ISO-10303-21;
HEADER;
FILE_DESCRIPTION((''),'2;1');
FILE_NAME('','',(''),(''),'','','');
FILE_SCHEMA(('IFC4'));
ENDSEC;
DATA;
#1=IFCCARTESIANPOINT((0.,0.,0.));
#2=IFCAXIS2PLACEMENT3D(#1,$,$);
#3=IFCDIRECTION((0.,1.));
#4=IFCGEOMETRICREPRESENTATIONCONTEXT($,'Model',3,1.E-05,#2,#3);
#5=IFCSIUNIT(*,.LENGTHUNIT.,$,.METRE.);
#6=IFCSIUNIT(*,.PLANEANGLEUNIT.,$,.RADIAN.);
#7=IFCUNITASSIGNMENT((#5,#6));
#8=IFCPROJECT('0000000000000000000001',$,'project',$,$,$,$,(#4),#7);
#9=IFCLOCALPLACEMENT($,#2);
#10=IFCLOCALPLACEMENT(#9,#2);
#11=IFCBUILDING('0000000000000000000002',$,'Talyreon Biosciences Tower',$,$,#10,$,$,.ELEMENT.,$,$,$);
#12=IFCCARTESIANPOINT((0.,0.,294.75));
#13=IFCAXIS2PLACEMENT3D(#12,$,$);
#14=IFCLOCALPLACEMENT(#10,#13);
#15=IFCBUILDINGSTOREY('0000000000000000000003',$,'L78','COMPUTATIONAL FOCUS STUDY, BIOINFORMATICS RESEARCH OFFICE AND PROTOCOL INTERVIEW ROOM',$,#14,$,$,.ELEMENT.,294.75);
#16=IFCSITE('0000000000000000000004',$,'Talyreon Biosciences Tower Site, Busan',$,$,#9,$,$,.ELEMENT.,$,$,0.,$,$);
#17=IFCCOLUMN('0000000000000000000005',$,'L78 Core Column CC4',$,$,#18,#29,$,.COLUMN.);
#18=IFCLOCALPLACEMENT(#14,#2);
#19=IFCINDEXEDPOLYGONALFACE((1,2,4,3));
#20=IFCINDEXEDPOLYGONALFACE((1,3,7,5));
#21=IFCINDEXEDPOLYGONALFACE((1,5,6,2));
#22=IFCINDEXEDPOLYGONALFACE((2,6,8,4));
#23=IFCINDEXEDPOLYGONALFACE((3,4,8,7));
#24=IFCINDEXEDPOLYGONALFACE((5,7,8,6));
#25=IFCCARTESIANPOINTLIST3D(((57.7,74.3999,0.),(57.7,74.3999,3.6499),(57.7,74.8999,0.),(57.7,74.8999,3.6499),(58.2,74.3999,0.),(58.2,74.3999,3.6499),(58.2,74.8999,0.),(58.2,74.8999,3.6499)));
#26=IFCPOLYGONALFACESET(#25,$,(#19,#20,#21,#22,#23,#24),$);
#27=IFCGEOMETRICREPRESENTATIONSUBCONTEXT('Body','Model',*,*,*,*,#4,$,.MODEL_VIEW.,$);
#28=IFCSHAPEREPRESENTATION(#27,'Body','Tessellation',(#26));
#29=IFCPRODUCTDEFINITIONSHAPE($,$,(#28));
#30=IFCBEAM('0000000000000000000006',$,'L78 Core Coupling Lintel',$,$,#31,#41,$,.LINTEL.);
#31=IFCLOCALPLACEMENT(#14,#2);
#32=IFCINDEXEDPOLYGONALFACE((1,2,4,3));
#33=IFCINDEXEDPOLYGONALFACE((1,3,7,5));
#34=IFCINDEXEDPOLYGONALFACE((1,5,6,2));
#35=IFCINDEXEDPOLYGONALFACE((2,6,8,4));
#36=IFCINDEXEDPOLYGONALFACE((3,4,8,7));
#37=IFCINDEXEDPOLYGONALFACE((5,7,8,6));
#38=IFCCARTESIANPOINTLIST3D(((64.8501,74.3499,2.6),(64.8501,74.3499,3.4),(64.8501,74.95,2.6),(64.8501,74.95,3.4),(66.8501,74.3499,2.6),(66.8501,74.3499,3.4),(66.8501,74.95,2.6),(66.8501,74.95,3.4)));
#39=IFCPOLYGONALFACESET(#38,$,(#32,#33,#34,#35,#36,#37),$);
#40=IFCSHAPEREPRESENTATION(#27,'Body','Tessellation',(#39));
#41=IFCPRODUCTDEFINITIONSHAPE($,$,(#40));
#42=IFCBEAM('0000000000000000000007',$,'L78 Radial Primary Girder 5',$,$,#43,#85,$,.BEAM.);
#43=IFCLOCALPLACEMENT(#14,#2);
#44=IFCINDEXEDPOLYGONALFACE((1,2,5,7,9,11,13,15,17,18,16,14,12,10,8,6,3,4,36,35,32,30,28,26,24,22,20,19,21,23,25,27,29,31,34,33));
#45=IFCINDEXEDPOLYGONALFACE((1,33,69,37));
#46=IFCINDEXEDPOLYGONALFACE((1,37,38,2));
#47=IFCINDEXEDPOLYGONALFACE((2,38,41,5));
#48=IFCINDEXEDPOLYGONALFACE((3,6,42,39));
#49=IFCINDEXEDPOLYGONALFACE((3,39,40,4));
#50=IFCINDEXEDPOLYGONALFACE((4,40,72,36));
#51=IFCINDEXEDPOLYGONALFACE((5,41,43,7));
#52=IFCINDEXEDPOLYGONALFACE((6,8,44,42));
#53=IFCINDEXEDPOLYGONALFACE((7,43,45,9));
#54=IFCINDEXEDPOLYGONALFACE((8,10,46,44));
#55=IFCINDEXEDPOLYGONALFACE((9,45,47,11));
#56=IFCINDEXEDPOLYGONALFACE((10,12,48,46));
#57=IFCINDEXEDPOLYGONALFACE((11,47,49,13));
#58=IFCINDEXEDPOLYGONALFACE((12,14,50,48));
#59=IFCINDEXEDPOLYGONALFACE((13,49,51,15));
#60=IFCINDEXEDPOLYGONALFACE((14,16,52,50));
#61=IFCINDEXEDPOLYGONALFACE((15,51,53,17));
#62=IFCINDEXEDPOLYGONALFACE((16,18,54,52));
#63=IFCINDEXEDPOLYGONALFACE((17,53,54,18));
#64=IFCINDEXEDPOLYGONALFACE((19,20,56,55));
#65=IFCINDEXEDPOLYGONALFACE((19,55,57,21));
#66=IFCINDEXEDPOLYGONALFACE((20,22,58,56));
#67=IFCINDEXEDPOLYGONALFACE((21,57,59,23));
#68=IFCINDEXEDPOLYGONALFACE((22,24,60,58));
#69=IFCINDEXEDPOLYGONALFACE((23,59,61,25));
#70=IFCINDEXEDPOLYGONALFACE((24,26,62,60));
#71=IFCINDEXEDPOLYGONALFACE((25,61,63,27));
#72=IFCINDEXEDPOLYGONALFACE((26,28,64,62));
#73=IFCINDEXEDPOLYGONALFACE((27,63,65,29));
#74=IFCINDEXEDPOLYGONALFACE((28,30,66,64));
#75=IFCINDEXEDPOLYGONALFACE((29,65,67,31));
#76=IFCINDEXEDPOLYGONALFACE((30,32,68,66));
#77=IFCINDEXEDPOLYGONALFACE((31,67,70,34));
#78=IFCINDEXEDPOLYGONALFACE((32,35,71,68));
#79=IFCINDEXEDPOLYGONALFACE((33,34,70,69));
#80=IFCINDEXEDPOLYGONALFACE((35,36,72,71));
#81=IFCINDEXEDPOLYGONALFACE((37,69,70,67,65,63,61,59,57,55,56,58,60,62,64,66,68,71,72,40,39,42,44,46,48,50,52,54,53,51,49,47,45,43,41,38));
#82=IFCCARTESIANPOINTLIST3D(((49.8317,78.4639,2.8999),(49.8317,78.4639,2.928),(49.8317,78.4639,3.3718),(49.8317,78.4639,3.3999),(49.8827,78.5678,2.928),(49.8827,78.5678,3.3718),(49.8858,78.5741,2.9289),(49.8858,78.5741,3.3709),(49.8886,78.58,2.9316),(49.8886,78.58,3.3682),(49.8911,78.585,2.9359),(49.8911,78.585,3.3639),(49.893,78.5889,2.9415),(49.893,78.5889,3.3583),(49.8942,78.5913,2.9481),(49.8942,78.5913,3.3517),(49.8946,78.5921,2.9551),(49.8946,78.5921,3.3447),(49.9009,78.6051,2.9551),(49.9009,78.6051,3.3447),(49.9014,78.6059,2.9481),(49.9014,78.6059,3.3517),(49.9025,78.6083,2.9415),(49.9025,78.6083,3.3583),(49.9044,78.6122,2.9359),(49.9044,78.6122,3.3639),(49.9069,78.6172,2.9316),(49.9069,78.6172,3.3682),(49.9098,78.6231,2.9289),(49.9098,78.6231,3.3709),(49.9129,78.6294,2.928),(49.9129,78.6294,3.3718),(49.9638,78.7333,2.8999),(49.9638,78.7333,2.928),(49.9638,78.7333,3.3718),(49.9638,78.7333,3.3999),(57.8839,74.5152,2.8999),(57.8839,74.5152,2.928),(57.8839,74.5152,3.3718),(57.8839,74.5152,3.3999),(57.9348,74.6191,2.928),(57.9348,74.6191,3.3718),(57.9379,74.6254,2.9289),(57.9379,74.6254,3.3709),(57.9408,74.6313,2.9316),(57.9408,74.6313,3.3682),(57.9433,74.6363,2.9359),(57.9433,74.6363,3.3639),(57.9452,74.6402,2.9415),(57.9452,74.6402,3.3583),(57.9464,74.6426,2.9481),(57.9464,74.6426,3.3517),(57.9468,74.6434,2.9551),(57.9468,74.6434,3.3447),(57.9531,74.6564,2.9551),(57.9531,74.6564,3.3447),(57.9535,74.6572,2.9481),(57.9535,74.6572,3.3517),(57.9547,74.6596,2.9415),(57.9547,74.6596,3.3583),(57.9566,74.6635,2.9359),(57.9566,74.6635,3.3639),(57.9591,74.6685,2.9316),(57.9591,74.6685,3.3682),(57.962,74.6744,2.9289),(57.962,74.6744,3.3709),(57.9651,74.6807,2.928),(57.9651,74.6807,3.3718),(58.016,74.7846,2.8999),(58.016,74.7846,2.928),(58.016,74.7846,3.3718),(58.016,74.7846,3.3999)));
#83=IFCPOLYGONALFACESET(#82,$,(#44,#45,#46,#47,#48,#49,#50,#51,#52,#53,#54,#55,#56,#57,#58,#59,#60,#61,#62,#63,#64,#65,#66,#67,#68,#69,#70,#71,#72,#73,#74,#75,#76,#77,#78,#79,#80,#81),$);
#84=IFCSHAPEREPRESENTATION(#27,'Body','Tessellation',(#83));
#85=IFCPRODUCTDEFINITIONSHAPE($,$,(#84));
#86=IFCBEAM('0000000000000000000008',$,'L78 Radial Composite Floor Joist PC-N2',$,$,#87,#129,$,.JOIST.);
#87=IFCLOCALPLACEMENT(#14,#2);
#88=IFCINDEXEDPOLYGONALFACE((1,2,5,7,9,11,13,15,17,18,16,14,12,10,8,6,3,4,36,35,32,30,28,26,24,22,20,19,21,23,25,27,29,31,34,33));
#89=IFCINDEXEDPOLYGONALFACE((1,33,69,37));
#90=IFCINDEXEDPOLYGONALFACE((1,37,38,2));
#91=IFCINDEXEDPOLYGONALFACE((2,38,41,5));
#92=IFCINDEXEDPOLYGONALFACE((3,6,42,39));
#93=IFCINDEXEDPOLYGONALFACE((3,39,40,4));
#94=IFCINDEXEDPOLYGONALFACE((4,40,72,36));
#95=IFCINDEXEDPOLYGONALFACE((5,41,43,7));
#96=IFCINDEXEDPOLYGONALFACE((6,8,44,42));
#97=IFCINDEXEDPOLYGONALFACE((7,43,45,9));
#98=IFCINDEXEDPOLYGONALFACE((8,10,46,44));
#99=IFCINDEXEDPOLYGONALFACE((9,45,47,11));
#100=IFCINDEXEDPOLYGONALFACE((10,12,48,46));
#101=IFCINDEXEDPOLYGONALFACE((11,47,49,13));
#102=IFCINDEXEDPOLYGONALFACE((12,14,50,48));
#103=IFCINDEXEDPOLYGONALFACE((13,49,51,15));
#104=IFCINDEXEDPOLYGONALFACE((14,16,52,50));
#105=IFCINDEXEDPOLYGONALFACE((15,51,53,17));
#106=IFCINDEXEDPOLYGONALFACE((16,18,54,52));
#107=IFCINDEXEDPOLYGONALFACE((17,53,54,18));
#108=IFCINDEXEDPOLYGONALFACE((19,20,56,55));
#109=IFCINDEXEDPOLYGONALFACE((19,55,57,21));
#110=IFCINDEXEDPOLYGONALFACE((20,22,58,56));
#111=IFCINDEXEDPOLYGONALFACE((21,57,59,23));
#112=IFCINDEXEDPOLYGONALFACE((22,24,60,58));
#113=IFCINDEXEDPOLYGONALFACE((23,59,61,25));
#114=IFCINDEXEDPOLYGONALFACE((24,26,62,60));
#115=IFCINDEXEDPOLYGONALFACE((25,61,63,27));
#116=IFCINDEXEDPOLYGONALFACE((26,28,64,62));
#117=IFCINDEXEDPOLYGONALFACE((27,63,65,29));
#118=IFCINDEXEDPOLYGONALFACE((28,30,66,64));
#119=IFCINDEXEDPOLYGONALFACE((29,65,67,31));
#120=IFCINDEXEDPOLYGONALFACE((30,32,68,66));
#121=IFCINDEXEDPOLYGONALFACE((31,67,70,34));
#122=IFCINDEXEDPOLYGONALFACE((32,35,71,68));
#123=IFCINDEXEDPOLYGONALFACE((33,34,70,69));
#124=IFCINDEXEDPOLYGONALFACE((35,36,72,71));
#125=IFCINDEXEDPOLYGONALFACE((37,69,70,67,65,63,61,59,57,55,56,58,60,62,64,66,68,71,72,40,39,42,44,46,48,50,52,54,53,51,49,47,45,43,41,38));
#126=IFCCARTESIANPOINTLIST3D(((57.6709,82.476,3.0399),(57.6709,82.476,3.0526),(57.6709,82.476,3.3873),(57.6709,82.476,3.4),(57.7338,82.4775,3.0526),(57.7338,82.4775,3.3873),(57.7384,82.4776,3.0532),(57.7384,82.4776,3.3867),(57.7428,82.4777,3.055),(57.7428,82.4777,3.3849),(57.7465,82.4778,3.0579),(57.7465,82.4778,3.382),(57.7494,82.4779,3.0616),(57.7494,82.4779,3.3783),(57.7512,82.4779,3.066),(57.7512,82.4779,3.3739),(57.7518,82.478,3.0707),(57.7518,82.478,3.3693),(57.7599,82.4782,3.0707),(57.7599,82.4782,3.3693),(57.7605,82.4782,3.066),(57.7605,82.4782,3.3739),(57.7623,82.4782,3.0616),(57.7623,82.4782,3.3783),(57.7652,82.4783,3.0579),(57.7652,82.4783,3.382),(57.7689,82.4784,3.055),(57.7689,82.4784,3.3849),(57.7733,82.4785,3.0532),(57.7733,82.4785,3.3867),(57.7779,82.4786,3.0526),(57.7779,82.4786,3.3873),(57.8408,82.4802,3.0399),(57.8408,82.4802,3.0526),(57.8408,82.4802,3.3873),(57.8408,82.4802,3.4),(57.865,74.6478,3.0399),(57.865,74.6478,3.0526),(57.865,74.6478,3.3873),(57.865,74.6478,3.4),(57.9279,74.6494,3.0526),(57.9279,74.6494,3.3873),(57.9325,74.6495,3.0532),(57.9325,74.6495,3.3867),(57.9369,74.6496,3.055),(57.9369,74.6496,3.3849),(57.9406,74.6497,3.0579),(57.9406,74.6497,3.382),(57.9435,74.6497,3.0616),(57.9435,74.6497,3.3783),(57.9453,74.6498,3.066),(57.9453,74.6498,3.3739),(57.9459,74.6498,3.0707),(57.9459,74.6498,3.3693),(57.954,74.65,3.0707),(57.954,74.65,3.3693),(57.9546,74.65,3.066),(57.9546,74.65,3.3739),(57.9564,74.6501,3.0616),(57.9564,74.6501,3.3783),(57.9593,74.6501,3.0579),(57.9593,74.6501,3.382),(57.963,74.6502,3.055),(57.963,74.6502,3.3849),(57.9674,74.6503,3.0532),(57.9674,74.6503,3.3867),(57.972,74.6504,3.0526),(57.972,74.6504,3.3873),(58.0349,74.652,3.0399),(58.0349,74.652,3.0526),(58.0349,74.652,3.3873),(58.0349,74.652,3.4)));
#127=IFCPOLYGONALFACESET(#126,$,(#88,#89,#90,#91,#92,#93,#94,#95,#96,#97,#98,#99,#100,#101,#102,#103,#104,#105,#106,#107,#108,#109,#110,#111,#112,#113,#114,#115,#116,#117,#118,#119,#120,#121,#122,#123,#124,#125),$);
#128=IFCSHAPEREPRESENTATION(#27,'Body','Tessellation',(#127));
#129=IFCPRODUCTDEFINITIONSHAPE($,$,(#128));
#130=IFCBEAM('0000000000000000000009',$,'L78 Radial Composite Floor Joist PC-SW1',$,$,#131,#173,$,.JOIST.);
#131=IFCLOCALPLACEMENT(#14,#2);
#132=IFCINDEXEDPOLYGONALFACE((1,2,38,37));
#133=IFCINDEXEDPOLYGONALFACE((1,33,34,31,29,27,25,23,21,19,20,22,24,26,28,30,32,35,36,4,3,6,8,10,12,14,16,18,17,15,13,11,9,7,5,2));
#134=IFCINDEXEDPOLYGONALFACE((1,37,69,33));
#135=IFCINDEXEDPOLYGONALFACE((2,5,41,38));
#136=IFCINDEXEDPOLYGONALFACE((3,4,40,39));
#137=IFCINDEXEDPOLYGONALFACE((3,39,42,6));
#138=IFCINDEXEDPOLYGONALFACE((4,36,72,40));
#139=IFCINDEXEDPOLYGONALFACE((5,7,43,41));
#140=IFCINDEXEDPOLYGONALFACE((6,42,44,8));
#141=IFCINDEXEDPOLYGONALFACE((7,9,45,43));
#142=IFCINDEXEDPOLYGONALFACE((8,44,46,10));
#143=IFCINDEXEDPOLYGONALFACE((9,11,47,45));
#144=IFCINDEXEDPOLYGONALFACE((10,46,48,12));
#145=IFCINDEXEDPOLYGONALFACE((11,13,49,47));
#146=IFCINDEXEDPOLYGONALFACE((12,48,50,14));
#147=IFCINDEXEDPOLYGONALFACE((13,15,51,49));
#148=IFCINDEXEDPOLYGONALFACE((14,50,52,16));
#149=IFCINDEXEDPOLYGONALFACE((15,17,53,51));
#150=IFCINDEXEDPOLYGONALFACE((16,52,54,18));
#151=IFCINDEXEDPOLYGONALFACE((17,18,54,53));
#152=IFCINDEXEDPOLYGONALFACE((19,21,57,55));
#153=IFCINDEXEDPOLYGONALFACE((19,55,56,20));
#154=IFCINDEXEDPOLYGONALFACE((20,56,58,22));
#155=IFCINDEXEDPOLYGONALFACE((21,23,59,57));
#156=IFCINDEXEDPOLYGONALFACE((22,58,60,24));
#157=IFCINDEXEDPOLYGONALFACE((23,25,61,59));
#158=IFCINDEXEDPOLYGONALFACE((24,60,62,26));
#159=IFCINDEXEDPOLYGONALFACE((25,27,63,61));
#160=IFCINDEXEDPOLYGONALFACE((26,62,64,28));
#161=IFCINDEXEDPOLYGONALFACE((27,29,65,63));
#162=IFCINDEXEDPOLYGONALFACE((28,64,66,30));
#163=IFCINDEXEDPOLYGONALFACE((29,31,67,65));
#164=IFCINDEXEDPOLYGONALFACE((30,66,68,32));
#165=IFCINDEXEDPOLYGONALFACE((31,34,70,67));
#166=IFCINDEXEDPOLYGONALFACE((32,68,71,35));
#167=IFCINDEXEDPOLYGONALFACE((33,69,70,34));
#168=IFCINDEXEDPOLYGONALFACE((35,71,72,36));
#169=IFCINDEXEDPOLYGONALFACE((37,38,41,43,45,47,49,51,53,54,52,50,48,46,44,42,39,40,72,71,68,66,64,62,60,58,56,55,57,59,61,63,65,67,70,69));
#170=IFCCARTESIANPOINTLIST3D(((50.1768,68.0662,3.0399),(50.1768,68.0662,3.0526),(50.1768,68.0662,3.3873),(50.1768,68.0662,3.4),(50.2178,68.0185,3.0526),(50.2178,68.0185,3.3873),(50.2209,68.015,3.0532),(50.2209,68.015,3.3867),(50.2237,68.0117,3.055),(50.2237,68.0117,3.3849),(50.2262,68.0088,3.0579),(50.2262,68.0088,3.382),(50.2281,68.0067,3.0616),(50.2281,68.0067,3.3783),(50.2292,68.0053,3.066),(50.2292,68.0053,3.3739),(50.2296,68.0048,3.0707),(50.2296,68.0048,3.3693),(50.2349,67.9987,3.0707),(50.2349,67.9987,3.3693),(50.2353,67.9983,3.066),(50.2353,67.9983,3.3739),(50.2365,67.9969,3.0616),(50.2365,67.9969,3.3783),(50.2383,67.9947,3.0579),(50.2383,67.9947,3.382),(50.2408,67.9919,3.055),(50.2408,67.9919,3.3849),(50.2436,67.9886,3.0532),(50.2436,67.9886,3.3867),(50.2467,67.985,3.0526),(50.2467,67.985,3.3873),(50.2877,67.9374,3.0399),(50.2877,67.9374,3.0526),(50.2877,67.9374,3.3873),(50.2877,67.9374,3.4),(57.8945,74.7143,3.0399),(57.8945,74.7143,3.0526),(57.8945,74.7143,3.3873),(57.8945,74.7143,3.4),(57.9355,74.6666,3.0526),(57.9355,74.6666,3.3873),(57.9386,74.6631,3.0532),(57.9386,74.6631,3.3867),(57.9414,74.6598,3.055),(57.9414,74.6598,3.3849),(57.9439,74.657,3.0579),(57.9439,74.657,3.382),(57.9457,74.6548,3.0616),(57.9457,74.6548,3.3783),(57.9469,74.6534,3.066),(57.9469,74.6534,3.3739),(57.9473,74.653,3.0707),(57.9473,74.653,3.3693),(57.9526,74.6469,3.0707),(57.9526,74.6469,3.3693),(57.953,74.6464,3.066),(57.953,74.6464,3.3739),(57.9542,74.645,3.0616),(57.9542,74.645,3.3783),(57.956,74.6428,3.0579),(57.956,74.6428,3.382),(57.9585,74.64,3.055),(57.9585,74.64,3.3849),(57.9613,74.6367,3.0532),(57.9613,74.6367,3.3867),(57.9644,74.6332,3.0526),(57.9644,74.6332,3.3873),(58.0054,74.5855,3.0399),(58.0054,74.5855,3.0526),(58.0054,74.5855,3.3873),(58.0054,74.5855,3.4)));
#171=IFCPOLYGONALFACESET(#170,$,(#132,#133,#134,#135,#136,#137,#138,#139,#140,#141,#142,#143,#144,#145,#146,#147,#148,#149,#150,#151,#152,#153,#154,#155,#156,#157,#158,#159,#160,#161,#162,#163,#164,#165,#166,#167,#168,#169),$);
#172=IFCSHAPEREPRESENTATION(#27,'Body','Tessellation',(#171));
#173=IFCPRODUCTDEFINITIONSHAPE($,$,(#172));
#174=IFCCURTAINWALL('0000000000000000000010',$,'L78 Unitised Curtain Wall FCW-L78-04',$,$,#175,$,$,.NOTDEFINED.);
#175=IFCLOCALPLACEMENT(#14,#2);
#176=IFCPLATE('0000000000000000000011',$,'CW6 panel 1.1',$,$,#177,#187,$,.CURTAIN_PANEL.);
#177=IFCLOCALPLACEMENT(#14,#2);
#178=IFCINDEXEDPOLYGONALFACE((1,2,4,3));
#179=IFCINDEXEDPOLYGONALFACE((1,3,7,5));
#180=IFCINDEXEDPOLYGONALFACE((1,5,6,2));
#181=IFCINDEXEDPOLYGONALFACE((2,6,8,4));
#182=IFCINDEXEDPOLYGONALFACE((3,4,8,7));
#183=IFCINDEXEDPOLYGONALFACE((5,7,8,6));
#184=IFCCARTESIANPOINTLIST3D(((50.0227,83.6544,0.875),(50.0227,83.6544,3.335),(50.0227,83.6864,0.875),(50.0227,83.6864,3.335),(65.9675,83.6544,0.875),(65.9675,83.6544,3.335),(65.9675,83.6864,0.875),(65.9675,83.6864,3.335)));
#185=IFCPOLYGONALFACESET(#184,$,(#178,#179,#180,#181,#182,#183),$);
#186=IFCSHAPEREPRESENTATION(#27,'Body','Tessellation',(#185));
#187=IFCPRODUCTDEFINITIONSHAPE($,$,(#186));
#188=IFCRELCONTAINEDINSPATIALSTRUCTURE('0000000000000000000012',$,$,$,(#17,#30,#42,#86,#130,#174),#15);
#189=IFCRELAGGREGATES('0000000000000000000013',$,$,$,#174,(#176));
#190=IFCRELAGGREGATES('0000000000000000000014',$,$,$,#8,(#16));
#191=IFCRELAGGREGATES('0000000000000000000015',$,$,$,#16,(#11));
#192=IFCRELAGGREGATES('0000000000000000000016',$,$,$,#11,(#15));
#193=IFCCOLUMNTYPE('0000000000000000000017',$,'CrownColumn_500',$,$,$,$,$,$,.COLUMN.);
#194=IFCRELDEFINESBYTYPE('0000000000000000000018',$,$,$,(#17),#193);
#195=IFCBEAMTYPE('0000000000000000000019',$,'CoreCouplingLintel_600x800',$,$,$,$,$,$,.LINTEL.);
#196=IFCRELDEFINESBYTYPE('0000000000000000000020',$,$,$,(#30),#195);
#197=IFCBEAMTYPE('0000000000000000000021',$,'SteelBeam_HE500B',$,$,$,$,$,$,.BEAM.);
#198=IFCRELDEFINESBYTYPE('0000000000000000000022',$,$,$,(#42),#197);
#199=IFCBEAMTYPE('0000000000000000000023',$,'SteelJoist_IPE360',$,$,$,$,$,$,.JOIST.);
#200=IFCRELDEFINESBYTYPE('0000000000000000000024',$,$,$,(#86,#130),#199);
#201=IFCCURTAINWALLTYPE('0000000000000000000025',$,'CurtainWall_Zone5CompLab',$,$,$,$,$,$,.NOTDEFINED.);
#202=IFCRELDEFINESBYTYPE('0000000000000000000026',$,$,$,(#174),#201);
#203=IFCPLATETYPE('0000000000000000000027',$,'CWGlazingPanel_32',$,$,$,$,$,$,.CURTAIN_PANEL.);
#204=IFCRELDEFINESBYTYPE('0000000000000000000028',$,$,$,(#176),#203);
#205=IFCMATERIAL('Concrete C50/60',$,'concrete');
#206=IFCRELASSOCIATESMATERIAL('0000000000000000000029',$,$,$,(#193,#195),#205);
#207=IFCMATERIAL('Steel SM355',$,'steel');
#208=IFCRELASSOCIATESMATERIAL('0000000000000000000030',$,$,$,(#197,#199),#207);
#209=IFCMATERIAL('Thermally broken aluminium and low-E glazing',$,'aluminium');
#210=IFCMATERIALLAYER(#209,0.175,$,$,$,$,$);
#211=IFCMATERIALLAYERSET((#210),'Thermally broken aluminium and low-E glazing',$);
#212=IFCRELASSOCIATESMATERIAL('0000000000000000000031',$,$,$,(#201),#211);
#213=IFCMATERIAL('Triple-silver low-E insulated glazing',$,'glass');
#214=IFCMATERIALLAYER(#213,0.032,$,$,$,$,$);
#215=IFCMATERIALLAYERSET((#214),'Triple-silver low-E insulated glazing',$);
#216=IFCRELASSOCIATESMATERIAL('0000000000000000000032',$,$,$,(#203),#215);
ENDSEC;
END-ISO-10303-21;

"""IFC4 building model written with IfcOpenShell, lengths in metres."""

from ifc_helpers import new_model, si_unit, direction, frame, origin, origin_2d, place, context, subcontext, project, spatial, rectangle, i_section, extrude, material, layer, layer_set, material_profile, profile_set, type_object, element, aggregate, save


model = new_model("IFC4")

# Units and contexts
model_context = context("Model", 3, precision=1e-05, world=origin(), true_north=direction((0.0, 1.0)))
body_context = subcontext(model_context, "Body", "Model", "MODEL_VIEW")
ifc_project = project(units=[si_unit("LENGTHUNIT", "METRE"), si_unit("PLANEANGLEUNIT", "RADIAN")], contexts=[model_context])

# Site, building, storey
site_placement = place(None, origin())
site = spatial("IfcSite", under=ifc_project, at=site_placement, Name="Talyreon Biosciences Tower Site, Busan", CompositionType="ELEMENT", RefElevation=0.0)
building_placement = place(site_placement, origin())
building = spatial("IfcBuilding", under=site, at=building_placement, Name="Talyreon Biosciences Tower", CompositionType="ELEMENT")
storey_placement = place(building_placement, frame((0.0, 0.0, 294.75)))
storey = spatial("IfcBuildingStorey", under=building, at=storey_placement, Name="L78", Description="COMPUTATIONAL FOCUS STUDY, BIOINFORMATICS RESEARCH OFFICE AND PROTOCOL INTERVIEW ROOM", CompositionType="ELEMENT", Elevation=294.75)

# Column
ifc_material_1 = material(Name="Concrete C50/60", Category="concrete")
ifc_material_profile_1 = material_profile(ifc_material_1, rectangle(XDim=0.5, YDim=0.5, at=origin_2d()), Name="RC 500x500")
ifc_profile_set_1 = profile_set([ifc_material_profile_1], Name="Concrete C50/60")
column_type = type_object("IfcColumnType", Name="CrownColumn_500", PredefinedType="COLUMN", material=ifc_profile_set_1)
column_placement = place(storey_placement, frame((57.95, 74.6499, 0.0), z_axis=(0.0, 0.0, 1.0), x_axis=(1.0, 0.0, 0.0)))
element("IfcColumn", 1, at=column_placement, inside=storey, type_object=column_type, Name="L78 Core Column CC4", PredefinedType="COLUMN", context=body_context, shape_type="SweptSolid", body=[
    extrude(rectangle(XDim=0.5, YDim=0.5, at=origin_2d()), origin(), (0.0, 0.0, 1.0), 3.6499),
])

# Beams
ifc_material_profile_2 = material_profile(ifc_material_1, rectangle(XDim=0.6001, YDim=0.8, at=origin_2d()), Name="RCB 600x800")
ifc_profile_set_2 = profile_set([ifc_material_profile_2], Name="Concrete C50/60")
beam_type_1 = type_object("IfcBeamType", Name="CoreCouplingLintel_600x800", PredefinedType="LINTEL", material=ifc_profile_set_2)
beam_1_placement = place(storey_placement, frame((64.8501, 74.6499, 3.0), z_axis=(1.0, 0.0, 0.0), x_axis=(0.0, 1.0, 0.0)))
element("IfcBeam", 2, at=beam_1_placement, inside=storey, type_object=beam_type_1, Name="L78 Core Coupling Lintel", PredefinedType="LINTEL", context=body_context, shape_type="SweptSolid", body=[
    extrude(rectangle(XDim=0.6001, YDim=0.8, at=origin_2d()), origin(), (0.0, 0.0, 1.0), 2.0),
])
ifc_material_2 = material(Name="Steel SM355", Category="steel")
ifc_material_profile_3 = material_profile(ifc_material_2, i_section(OverallWidth=0.3, OverallDepth=0.5, WebThickness=0.0144, FlangeThickness=0.0281, FilletRadius=0.0271, at=origin_2d()), Name="HE500B")
ifc_profile_set_3 = profile_set([ifc_material_profile_3], Name="Steel SM355")
beam_type_2 = type_object("IfcBeamType", Name="SteelBeam_HE500B", PredefinedType="BEAM", material=ifc_profile_set_3)
beam_2_placement = place(storey_placement, frame((57.95, 74.6499, 3.1499), z_axis=(-0.897852, 0.440297, 0.0), x_axis=(-0.440297, -0.897852, 0.0)))
element("IfcBeam", 3, at=beam_2_placement, inside=storey, type_object=beam_type_2, Name="L78 Radial Primary Girder 5", PredefinedType="BEAM", context=body_context, shape_type="SweptSolid", body=[
    extrude(i_section(OverallWidth=0.3, OverallDepth=0.5, WebThickness=0.0144, FlangeThickness=0.0281, FilletRadius=0.0271, at=origin_2d()), origin(), (0.0, 0.0, 1.0), 8.9683),
])
ifc_material_profile_4 = material_profile(ifc_material_2, i_section(OverallWidth=0.1699, OverallDepth=0.3601, WebThickness=0.0081, FlangeThickness=0.0127, FilletRadius=0.0181, at=origin_2d()), Name="IPE360")
ifc_profile_set_4 = profile_set([ifc_material_profile_4], Name="Steel SM355")
beam_type_3 = type_object("IfcBeamType", Name="SteelJoist_IPE360", PredefinedType="JOIST", material=ifc_profile_set_4)
beam_3_placement = place(storey_placement, frame((57.95, 74.6499, 3.22), z_axis=(-0.024787, 0.999693, 0.0), x_axis=(-0.999693, -0.024787, 0.0)))
element("IfcBeam", 4, at=beam_3_placement, inside=storey, type_object=beam_type_3, Name="L78 Radial Composite Floor Joist PC-N2", PredefinedType="JOIST", context=body_context, shape_type="SweptSolid", body=[
    extrude(i_section(OverallWidth=0.1699, OverallDepth=0.3601, WebThickness=0.0081, FlangeThickness=0.0127, FilletRadius=0.0181, at=origin_2d()), origin(), (0.0, 0.0, 1.0), 7.8306),
])
beam_4_placement = place(storey_placement, frame((57.95, 74.6499, 3.22), z_axis=(-0.757656, -0.652655, 0.0), x_axis=(0.652655, -0.757656, 0.0)))
element("IfcBeam", 5, at=beam_4_placement, inside=storey, type_object=beam_type_3, Name="L78 Radial Composite Floor Joist PC-SW1", PredefinedType="JOIST", context=body_context, shape_type="SweptSolid", body=[
    extrude(i_section(OverallWidth=0.1699, OverallDepth=0.3601, WebThickness=0.0081, FlangeThickness=0.0127, FilletRadius=0.0181, at=origin_2d()), origin(), (0.0, 0.0, 1.0), 10.1863),
])

# Curtain wall, plate
ifc_material_3 = material(Name="Thermally broken aluminium and low-E glazing", Category="aluminium")
ifc_layer_1 = layer(ifc_material_3, 0.175)
ifc_layer_set_1 = layer_set([ifc_layer_1], Name="Thermally broken aluminium and low-E glazing")
curtain_wall_type = type_object("IfcCurtainWallType", Name="CurtainWall_Zone5CompLab", PredefinedType="NOTDEFINED", material=ifc_layer_set_1)
curtain_wall_placement = place(storey_placement, origin())
curtain_wall = element("IfcCurtainWall", 6, at=curtain_wall_placement, inside=storey, type_object=curtain_wall_type, Name="L78 Unitised Curtain Wall FCW-L78-04", PredefinedType="NOTDEFINED")
ifc_material_4 = material(Name="Triple-silver low-E insulated glazing", Category="glass")
ifc_layer_2 = layer(ifc_material_4, 0.032)
ifc_layer_set_2 = layer_set([ifc_layer_2], Name="Triple-silver low-E insulated glazing")
plate_type = type_object("IfcPlateType", Name="CWGlazingPanel_32", PredefinedType="CURTAIN_PANEL", material=ifc_layer_set_2)
plate_placement = place(storey_placement, frame((57.9951, 83.6704, 0.875), z_axis=(0.0, 0.0, 1.0), x_axis=(1.0, 0.0, 0.0)))
plate = element("IfcPlate", 7, at=plate_placement, type_object=plate_type, Name="CW6 panel 1.1", PredefinedType="CURTAIN_PANEL", context=body_context, shape_type="SweptSolid", body=[
    extrude(rectangle(XDim=15.9448, YDim=0.032, at=origin_2d()), origin(), (0.0, 0.0, 1.0), 2.46),
])
aggregate(curtain_wall, [plate])

save(model, "model.ifc")
